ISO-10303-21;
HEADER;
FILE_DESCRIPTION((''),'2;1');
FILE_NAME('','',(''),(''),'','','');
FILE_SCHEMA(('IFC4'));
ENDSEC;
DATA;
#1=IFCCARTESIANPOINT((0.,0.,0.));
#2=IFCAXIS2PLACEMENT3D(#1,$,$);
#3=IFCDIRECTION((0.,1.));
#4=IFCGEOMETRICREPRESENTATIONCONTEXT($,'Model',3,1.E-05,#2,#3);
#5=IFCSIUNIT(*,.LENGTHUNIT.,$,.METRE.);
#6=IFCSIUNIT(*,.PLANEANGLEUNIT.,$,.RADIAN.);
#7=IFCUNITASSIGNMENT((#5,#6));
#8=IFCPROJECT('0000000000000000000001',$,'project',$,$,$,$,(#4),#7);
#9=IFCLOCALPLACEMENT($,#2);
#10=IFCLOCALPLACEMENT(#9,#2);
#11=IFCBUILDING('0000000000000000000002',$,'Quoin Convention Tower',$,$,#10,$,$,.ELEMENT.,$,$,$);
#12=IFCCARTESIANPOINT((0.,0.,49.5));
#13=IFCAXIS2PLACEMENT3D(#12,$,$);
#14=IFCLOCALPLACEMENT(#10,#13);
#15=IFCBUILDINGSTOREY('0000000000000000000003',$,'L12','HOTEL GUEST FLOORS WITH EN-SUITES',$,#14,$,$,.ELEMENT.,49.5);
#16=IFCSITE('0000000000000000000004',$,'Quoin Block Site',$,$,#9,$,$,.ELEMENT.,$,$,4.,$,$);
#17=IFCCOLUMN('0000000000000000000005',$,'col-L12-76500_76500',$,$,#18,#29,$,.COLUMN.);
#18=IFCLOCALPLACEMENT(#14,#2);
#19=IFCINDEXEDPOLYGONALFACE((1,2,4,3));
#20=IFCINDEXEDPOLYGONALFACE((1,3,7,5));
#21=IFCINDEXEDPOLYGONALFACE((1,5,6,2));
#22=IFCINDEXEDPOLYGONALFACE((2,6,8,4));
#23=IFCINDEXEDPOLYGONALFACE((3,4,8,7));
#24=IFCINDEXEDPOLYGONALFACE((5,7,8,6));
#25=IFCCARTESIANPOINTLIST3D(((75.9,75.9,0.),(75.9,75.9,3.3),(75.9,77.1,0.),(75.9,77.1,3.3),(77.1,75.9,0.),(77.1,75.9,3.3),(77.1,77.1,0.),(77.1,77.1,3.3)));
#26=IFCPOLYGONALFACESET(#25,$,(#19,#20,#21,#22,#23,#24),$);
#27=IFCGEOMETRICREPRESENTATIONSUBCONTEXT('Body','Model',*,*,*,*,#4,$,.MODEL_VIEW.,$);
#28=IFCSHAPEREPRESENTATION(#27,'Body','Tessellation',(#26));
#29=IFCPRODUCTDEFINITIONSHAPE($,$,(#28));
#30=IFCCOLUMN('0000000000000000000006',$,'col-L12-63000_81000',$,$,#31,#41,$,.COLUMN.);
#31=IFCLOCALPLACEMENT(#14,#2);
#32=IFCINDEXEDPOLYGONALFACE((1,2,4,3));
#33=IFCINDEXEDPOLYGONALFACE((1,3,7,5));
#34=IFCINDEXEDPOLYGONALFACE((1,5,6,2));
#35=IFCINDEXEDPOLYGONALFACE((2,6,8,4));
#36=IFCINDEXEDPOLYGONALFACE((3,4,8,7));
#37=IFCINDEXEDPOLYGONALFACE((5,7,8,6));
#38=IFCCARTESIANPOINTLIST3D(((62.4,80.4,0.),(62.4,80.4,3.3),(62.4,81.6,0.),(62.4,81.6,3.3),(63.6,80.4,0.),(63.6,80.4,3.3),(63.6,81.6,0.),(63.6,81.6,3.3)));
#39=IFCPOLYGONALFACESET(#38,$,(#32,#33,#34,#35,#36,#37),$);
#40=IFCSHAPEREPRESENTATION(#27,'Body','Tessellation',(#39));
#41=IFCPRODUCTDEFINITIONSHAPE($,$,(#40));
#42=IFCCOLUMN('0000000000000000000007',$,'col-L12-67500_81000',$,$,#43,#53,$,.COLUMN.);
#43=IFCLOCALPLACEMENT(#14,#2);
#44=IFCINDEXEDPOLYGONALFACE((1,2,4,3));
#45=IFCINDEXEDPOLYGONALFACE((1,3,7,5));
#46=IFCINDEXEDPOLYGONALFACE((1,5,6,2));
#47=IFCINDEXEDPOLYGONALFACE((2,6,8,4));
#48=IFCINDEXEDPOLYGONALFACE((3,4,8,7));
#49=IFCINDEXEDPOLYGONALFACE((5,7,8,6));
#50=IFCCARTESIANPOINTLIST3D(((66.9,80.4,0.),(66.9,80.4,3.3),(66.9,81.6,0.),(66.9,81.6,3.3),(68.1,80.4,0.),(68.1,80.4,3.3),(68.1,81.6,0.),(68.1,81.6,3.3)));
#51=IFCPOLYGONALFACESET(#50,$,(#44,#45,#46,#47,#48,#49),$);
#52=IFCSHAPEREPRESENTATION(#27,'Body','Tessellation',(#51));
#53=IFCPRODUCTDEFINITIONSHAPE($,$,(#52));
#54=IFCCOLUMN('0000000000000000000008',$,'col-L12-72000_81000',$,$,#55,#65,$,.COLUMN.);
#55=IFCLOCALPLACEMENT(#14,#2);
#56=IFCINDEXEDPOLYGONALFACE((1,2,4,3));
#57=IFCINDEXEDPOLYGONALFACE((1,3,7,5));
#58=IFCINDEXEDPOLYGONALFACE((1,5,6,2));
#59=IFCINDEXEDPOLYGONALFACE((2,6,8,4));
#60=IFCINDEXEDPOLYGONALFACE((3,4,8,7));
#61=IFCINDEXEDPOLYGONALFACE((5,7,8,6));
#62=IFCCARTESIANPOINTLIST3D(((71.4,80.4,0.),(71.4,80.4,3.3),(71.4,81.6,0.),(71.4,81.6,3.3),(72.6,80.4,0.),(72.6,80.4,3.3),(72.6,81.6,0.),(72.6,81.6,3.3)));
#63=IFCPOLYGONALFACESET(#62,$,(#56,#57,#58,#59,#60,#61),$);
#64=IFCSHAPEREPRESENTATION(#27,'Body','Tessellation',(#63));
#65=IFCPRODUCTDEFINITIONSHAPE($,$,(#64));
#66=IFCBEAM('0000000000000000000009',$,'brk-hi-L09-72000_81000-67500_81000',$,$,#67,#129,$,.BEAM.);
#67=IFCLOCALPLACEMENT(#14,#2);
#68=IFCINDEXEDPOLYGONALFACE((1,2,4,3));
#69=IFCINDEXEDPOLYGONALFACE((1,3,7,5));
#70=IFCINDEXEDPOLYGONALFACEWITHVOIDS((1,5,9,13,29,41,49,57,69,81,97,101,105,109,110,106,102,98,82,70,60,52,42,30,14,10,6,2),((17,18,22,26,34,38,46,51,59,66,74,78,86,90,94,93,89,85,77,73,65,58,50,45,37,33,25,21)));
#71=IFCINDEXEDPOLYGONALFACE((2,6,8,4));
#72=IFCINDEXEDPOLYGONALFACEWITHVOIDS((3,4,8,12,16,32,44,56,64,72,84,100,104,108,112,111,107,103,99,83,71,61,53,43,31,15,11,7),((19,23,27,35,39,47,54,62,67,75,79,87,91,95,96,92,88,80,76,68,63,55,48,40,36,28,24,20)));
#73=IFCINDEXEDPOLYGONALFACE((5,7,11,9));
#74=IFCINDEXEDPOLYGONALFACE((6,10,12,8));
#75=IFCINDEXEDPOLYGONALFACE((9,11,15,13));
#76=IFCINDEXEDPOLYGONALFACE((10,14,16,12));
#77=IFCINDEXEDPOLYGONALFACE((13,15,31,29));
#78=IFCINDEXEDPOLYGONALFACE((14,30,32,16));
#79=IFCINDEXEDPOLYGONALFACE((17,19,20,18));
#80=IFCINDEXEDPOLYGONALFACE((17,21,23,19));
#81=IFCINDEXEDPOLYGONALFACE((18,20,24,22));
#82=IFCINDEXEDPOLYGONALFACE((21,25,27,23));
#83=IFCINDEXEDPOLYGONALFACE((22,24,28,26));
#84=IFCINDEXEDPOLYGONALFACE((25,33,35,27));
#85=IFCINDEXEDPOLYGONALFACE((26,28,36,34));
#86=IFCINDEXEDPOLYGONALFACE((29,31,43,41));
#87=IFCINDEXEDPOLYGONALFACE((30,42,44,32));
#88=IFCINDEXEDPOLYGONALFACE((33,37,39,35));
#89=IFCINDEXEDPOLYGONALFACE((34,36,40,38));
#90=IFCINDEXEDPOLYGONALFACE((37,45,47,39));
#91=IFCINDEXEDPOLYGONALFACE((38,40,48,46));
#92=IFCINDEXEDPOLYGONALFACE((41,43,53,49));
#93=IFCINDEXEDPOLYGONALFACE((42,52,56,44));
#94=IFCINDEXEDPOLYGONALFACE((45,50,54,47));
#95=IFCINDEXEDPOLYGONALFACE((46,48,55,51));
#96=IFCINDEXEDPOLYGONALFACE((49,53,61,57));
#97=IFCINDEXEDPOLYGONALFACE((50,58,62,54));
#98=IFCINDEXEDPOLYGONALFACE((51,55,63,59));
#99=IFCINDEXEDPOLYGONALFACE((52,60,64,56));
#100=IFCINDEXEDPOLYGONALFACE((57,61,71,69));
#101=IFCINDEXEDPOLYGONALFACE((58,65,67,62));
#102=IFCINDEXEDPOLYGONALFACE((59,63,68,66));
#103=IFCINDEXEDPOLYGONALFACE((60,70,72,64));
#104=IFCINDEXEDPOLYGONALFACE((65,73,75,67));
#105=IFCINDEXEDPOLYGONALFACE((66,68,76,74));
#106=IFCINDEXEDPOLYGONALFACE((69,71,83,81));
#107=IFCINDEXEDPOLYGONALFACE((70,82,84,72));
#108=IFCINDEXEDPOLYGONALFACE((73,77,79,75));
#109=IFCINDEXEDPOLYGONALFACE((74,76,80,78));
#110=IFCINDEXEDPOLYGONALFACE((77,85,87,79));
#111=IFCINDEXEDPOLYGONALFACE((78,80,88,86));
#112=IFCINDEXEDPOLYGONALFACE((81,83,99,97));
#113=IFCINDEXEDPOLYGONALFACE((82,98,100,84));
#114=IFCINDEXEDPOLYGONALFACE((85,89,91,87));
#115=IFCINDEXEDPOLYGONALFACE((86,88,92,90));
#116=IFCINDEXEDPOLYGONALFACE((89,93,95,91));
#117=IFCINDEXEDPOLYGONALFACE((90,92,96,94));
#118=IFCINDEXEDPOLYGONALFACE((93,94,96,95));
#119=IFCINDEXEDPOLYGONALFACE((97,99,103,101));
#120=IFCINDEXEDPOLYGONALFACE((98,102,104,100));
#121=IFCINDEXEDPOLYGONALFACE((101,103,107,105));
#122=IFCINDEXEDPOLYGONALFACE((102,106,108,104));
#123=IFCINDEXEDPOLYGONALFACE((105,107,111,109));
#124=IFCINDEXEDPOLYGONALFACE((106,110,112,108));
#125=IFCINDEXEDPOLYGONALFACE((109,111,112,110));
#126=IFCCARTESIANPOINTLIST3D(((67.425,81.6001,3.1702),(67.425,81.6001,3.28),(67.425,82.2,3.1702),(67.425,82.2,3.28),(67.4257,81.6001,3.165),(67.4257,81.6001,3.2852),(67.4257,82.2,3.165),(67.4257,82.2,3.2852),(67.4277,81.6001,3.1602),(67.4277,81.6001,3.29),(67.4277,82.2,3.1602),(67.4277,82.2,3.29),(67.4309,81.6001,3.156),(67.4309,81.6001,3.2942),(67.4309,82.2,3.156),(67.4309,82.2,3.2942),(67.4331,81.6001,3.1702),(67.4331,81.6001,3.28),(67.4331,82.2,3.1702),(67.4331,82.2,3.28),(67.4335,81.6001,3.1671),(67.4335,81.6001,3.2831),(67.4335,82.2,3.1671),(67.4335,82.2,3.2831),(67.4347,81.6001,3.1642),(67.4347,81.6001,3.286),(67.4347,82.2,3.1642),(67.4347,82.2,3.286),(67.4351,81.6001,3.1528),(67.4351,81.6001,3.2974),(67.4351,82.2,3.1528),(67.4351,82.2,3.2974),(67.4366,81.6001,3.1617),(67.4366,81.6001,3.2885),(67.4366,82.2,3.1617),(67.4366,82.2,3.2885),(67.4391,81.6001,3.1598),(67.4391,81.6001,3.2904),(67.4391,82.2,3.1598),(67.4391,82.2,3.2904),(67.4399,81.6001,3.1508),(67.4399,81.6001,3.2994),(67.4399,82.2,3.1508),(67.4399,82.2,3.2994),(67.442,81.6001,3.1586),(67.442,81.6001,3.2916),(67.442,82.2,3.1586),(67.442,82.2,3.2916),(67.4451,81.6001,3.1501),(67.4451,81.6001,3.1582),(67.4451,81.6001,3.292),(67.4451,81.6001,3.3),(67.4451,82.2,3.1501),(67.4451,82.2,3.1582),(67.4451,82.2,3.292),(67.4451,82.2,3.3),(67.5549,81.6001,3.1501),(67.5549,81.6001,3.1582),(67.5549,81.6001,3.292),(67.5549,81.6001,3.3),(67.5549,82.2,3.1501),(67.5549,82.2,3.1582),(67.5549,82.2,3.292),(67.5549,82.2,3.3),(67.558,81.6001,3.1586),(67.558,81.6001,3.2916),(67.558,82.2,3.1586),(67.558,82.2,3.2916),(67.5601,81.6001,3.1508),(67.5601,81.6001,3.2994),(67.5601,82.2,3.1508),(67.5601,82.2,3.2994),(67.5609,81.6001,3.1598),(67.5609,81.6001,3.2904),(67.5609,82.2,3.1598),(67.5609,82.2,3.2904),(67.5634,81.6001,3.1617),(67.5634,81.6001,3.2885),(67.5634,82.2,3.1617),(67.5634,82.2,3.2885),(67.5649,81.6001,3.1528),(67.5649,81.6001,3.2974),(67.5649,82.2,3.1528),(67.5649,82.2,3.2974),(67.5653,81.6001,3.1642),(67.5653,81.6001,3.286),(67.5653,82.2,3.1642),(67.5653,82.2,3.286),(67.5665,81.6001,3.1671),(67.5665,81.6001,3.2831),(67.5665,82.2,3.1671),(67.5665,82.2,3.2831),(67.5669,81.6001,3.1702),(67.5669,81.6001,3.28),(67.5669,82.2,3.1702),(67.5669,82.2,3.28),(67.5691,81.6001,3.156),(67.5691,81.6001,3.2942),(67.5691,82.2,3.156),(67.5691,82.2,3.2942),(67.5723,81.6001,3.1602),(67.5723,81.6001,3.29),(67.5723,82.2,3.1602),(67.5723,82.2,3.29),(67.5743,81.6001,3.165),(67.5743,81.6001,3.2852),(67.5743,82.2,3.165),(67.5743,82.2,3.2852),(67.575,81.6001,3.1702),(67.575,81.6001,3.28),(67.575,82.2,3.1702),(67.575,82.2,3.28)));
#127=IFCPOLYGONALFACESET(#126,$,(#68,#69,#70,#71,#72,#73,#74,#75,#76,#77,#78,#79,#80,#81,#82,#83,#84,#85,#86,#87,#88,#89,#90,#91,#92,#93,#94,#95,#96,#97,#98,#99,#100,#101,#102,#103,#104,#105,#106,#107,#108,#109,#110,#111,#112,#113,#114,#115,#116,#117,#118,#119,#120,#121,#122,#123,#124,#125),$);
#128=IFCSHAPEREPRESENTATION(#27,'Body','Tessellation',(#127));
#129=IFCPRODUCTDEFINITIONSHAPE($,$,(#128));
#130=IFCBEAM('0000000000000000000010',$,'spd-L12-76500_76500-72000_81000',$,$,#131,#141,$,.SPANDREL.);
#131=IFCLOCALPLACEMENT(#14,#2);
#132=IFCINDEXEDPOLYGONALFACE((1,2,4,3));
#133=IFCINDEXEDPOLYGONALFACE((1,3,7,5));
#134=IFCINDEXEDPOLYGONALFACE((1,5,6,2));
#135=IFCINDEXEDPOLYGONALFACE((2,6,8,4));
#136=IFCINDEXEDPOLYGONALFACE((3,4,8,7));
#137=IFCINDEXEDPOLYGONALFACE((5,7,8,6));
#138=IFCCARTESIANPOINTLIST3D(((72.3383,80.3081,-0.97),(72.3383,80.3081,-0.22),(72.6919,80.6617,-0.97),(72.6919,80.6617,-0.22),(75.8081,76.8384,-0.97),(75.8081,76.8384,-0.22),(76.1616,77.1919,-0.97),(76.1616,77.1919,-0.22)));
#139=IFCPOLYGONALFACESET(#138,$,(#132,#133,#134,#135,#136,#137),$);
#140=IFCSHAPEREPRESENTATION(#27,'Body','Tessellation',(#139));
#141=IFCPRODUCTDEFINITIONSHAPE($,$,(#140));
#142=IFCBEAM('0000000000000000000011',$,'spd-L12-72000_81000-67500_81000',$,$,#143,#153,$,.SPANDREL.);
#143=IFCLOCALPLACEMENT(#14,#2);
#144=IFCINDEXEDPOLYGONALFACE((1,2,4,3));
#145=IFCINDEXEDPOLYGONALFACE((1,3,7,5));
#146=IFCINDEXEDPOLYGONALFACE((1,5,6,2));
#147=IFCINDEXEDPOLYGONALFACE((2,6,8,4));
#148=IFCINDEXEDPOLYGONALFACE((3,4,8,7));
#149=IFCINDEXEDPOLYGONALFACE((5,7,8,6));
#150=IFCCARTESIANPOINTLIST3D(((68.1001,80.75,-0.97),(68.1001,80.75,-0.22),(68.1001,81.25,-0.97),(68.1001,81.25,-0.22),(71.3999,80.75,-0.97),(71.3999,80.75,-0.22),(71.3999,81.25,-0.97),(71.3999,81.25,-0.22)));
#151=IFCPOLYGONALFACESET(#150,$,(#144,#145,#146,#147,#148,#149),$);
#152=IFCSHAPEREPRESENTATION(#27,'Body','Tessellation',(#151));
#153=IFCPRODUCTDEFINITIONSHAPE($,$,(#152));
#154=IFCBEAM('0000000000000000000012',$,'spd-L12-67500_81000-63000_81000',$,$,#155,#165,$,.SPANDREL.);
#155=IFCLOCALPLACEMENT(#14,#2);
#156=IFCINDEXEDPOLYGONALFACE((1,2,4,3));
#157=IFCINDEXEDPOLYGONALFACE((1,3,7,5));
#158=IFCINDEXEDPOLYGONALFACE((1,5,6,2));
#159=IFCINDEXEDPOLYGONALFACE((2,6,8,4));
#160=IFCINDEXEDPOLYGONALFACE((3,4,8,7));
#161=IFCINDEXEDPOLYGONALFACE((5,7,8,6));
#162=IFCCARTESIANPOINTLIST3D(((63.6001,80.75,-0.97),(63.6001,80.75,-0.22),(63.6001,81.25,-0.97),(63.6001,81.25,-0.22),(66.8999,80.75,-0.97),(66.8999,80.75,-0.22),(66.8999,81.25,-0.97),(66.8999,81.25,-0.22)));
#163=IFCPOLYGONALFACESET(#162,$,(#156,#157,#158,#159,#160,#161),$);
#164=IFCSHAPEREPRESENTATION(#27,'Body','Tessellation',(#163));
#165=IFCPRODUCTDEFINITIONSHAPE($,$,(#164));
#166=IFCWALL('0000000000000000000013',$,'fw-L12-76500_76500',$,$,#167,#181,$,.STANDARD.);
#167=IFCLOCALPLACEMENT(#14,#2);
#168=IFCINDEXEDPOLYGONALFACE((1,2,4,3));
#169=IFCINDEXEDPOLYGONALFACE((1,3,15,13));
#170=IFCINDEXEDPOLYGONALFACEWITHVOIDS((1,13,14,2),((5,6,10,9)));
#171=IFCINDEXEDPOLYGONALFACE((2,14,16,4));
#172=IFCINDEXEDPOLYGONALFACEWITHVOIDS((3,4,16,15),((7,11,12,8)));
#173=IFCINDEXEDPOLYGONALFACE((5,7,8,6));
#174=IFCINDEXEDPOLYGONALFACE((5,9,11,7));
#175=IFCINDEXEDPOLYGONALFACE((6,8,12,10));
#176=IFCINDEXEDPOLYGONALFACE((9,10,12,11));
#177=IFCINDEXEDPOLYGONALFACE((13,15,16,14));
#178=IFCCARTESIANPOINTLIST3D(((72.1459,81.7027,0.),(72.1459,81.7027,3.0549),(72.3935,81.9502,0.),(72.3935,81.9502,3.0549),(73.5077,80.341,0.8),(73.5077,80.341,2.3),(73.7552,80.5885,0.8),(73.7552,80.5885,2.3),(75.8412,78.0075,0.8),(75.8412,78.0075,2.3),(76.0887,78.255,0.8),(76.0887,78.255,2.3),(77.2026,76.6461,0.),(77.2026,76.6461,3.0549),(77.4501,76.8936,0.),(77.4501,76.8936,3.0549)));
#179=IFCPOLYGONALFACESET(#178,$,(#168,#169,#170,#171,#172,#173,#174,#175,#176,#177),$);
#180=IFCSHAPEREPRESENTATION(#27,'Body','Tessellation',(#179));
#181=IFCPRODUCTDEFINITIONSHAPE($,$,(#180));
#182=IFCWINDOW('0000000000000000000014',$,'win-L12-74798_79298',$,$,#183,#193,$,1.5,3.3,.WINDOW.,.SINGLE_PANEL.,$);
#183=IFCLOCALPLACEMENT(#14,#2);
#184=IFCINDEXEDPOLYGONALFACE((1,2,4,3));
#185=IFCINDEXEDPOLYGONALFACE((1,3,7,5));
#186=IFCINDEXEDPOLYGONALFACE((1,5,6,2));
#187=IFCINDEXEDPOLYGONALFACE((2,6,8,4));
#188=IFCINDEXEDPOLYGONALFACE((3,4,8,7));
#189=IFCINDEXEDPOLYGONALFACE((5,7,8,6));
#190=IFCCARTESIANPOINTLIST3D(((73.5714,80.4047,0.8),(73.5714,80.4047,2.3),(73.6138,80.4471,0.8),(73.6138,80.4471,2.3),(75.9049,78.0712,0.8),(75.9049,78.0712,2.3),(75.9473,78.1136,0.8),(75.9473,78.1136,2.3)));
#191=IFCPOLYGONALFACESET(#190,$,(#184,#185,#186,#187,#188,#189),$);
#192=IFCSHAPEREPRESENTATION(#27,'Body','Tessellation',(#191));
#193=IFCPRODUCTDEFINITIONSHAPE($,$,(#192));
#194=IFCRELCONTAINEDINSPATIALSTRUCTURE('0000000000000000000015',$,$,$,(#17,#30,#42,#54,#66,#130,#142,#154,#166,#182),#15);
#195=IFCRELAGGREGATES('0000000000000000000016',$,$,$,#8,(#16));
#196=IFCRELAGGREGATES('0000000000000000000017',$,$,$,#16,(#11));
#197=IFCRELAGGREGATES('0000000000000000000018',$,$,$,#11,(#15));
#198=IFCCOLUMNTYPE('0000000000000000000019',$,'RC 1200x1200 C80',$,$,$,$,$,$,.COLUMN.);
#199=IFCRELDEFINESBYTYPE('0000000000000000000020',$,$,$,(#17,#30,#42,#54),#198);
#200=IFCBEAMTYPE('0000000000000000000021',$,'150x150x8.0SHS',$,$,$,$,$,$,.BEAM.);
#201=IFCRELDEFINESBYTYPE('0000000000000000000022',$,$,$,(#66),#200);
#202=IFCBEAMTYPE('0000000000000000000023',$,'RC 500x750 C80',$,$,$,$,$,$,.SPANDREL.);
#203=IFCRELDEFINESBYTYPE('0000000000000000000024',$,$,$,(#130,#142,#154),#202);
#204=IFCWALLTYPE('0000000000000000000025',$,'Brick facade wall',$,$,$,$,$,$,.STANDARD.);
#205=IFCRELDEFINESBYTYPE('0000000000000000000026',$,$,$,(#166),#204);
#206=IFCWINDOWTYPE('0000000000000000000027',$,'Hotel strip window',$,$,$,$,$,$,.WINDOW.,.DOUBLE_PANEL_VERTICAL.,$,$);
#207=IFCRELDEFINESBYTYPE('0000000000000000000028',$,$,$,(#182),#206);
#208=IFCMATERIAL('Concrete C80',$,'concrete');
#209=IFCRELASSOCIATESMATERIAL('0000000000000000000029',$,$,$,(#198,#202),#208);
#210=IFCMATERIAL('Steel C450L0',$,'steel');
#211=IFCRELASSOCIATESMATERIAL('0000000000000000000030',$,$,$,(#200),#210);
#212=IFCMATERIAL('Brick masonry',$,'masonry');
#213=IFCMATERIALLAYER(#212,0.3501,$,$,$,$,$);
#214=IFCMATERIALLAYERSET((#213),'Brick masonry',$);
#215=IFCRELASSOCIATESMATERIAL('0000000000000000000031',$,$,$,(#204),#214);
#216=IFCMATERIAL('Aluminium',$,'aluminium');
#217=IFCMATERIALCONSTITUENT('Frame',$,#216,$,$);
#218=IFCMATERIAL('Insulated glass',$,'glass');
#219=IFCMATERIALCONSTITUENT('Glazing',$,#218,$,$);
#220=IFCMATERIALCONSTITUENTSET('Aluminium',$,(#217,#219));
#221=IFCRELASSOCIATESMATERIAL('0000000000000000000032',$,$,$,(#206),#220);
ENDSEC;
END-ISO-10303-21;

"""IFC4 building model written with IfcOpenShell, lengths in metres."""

from ifc_helpers import new_model, si_unit, direction, frame, frame_2d, origin, origin_2d, place, context, subcontext, project, spatial, rectangle, hollow_rectangle, extrude, material, layer, layer_set, constituent, constituent_set, material_profile, profile_set, type_object, element, fill, save


model = new_model("IFC4")

# Units and contexts
model_context = context("Model", 3, precision=1e-05, world=origin(), true_north=direction((0.0, 1.0)))
body_context = subcontext(model_context, "Body", "Model", "MODEL_VIEW")
ifc_project = project(units=[si_unit("LENGTHUNIT", "METRE"), si_unit("PLANEANGLEUNIT", "RADIAN")], contexts=[model_context])

# Site, building, storey
site_placement = place(None, origin())
site = spatial("IfcSite", under=ifc_project, at=site_placement, Name="Quoin Block Site", CompositionType="ELEMENT", RefElevation=4.0)
building_placement = place(site_placement, origin())
building = spatial("IfcBuilding", under=site, at=building_placement, Name="Quoin Convention Tower", CompositionType="ELEMENT")
storey_placement = place(building_placement, frame((0.0, 0.0, 49.5)))
storey = spatial("IfcBuildingStorey", under=building, at=storey_placement, Name="L12", Description="HOTEL GUEST FLOORS WITH EN-SUITES", CompositionType="ELEMENT", Elevation=49.5)

# Columns
ifc_material_1 = material(Name="Concrete C80", Category="concrete")
ifc_material_profile_1 = material_profile(ifc_material_1, rectangle(XDim=1.2, YDim=1.2, at=origin_2d()), Name="RC 1200x1200")
ifc_profile_set_1 = profile_set([ifc_material_profile_1], Name="Concrete C80")
column_type = type_object("IfcColumnType", Name="RC 1200x1200 C80", PredefinedType="COLUMN", material=ifc_profile_set_1)
for number, where, z_axis, x_axis, name in (
    (1, (76.5, 76.5, 0.0), (0.0, 0.0, 1.0), (1.0, 0.0, 0.0), "col-L12-76500_76500"),
    (2, (63.0, 81.0, 0.0), (0.0, 0.0, 1.0), (1.0, 0.0, 0.0), "col-L12-63000_81000"),
    (3, (67.5, 81.0, 0.0), (0.0, 0.0, 1.0), (1.0, 0.0, 0.0), "col-L12-67500_81000"),
    (4, (72.0, 81.0, 0.0), (0.0, 0.0, 1.0), (1.0, 0.0, 0.0), "col-L12-72000_81000"),
):
    element("IfcColumn", number, at=place(storey_placement, frame(where, z_axis=z_axis, x_axis=x_axis)), inside=storey, type_object=column_type, Name=name, PredefinedType="COLUMN", context=body_context, shape_type="SweptSolid", body=[
        extrude(rectangle(XDim=1.2, YDim=1.2, at=origin_2d()), origin(), (0.0, 0.0, 1.0), 3.3),
    ])

# Beams
ifc_material_2 = material(Name="Steel C450L0", Category="steel")
ifc_material_profile_2 = material_profile(ifc_material_2, hollow_rectangle(XDim=0.1499, YDim=0.1499, WallThickness=0.0081, InnerFilletRadius=0.012, OuterFilletRadius=0.02, at=origin_2d()), Name="150x150x8.0SHS")
ifc_profile_set_2 = profile_set([ifc_material_profile_2], Name="Steel C450L0")
beam_type_1 = type_object("IfcBeamType", Name="150x150x8.0SHS", PredefinedType="BEAM", material=ifc_profile_set_2)
beam_1_placement = place(storey_placement, frame((67.5, 81.6001, 3.2251), z_axis=(0.0, 1.0, 0.0), x_axis=(-1.0, 0.0, 0.0)))
element("IfcBeam", 5, at=beam_1_placement, inside=storey, type_object=beam_type_1, Name="brk-hi-L09-72000_81000-67500_81000", PredefinedType="BEAM", context=body_context, shape_type="SweptSolid", body=[
    extrude(hollow_rectangle(XDim=0.1499, YDim=0.1499, WallThickness=0.0081, InnerFilletRadius=0.012, OuterFilletRadius=0.02, at=origin_2d()), origin(), (0.0, 0.0, 1.0), 0.5999),
])
ifc_material_profile_3 = material_profile(ifc_material_1, rectangle(XDim=0.5, YDim=0.75, at=origin_2d()), Name="RC 500x750")
ifc_profile_set_3 = profile_set([ifc_material_profile_3], Name="Concrete C80")
beam_type_2 = type_object("IfcBeamType", Name="RC 500x750 C80", PredefinedType="SPANDREL", material=ifc_profile_set_3)
beam_2_placement = place(storey_placement, frame((75.9849, 77.0151, -0.595), z_axis=(-0.707107, 0.707107, 0.0), x_axis=(-0.707107, -0.707107, 0.0)))
element("IfcBeam", 6, at=beam_2_placement, inside=storey, type_object=beam_type_2, Name="spd-L12-76500_76500-72000_81000", PredefinedType="SPANDREL", context=body_context, shape_type="SweptSolid", body=[
    extrude(rectangle(XDim=0.5, YDim=0.75, at=origin_2d()), origin(), (0.0, 0.0, 1.0), 4.907),
])
for number, where, z_axis, x_axis, name in (
    (7, (71.3999, 81.0, -0.595), (-1.0, 0.0, 0.0), (0.0, -1.0, 0.0), "spd-L12-72000_81000-67500_81000"),
    (8, (66.8999, 81.0, -0.595), (-1.0, 0.0, 0.0), (0.0, -1.0, 0.0), "spd-L12-67500_81000-63000_81000"),
):
    element("IfcBeam", number, at=place(storey_placement, frame(where, z_axis=z_axis, x_axis=x_axis)), inside=storey, type_object=beam_type_2, Name=name, PredefinedType="SPANDREL", context=body_context, shape_type="SweptSolid", body=[
        extrude(rectangle(XDim=0.5, YDim=0.75, at=origin_2d()), origin(), (0.0, 0.0, 1.0), 3.2998),
    ])

# Wall, opening, window
ifc_material_3 = material(Name="Brick masonry", Category="masonry")
ifc_layer_1 = layer(ifc_material_3, 0.3501)
ifc_layer_set_1 = layer_set([ifc_layer_1], Name="Brick masonry")
wall_type_1 = type_object("IfcWallType", Name="Brick facade wall", PredefinedType="STANDARD", material=ifc_layer_set_1)
wall_1_placement = place(storey_placement, frame((77.3264, 76.7698, 0.0), z_axis=(0.0, 0.0, 1.0), x_axis=(-0.707107, 0.707107, 0.0)))
wall_1 = element("IfcWall", 9, at=wall_1_placement, inside=storey, type_object=wall_type_1, Name="fw-L12-76500_76500", PredefinedType="STANDARD", context=body_context, shape_type="SweptSolid", body=[
    extrude(rectangle(XDim=7.1511, YDim=0.3501, at=frame_2d((3.5757, 0.0))), origin(), (0.0, 0.0, 1.0), 3.0549),
])
opening_1_placement = place(wall_1_placement, frame((1.9255, 0.0, 0.8)))
opening_1 = element("IfcOpeningElement", 10, at=opening_1_placement, cuts=wall_1, PredefinedType="OPENING", context=body_context, shape_type="SweptSolid", body=[
    extrude(rectangle(XDim=3.3, YDim=1.5, at=frame_2d((1.6499, 0.75))), frame((0.0, 0.1851, 0.0), z_axis=(0.0, -1.0, 0.0), x_axis=(1.0, 0.0, 0.0)), (0.0, 0.0, 1.0), 0.3701),
])
ifc_material_4 = material(Name="Aluminium", Category="aluminium")
ifc_constituent_1 = constituent(ifc_material_4, Name="Frame")
ifc_material_5 = material(Name="Insulated glass", Category="glass")
ifc_constituent_2 = constituent(ifc_material_5, Name="Glazing")
ifc_constituent_set = constituent_set(constituents=[ifc_constituent_1, ifc_constituent_2], Name="Aluminium")
window_type = type_object("IfcWindowType", Name="Hotel strip window", PartitioningType="DOUBLE_PANEL_VERTICAL", PredefinedType="WINDOW", material=ifc_constituent_set)
window_1_placement = place(opening_1_placement, origin())
window_1 = element("IfcWindow", 11, at=window_1_placement, inside=storey, type_object=window_type, Name="win-L12-74798_79298", OverallHeight=1.5, OverallWidth=3.3, PartitioningType="SINGLE_PANEL", PredefinedType="WINDOW", context=body_context, shape_type="SweptSolid", body=[
    extrude(rectangle(XDim=3.3, YDim=1.5, at=frame_2d((1.6499, 0.75))), frame((0.0, 0.085, 0.0), z_axis=(0.0, -1.0, 0.0), x_axis=(1.0, 0.0, 0.0)), (0.0, 0.0, 1.0), 0.0601),
])
fill(opening_1, window_1)

save(model, "model.ifc")
